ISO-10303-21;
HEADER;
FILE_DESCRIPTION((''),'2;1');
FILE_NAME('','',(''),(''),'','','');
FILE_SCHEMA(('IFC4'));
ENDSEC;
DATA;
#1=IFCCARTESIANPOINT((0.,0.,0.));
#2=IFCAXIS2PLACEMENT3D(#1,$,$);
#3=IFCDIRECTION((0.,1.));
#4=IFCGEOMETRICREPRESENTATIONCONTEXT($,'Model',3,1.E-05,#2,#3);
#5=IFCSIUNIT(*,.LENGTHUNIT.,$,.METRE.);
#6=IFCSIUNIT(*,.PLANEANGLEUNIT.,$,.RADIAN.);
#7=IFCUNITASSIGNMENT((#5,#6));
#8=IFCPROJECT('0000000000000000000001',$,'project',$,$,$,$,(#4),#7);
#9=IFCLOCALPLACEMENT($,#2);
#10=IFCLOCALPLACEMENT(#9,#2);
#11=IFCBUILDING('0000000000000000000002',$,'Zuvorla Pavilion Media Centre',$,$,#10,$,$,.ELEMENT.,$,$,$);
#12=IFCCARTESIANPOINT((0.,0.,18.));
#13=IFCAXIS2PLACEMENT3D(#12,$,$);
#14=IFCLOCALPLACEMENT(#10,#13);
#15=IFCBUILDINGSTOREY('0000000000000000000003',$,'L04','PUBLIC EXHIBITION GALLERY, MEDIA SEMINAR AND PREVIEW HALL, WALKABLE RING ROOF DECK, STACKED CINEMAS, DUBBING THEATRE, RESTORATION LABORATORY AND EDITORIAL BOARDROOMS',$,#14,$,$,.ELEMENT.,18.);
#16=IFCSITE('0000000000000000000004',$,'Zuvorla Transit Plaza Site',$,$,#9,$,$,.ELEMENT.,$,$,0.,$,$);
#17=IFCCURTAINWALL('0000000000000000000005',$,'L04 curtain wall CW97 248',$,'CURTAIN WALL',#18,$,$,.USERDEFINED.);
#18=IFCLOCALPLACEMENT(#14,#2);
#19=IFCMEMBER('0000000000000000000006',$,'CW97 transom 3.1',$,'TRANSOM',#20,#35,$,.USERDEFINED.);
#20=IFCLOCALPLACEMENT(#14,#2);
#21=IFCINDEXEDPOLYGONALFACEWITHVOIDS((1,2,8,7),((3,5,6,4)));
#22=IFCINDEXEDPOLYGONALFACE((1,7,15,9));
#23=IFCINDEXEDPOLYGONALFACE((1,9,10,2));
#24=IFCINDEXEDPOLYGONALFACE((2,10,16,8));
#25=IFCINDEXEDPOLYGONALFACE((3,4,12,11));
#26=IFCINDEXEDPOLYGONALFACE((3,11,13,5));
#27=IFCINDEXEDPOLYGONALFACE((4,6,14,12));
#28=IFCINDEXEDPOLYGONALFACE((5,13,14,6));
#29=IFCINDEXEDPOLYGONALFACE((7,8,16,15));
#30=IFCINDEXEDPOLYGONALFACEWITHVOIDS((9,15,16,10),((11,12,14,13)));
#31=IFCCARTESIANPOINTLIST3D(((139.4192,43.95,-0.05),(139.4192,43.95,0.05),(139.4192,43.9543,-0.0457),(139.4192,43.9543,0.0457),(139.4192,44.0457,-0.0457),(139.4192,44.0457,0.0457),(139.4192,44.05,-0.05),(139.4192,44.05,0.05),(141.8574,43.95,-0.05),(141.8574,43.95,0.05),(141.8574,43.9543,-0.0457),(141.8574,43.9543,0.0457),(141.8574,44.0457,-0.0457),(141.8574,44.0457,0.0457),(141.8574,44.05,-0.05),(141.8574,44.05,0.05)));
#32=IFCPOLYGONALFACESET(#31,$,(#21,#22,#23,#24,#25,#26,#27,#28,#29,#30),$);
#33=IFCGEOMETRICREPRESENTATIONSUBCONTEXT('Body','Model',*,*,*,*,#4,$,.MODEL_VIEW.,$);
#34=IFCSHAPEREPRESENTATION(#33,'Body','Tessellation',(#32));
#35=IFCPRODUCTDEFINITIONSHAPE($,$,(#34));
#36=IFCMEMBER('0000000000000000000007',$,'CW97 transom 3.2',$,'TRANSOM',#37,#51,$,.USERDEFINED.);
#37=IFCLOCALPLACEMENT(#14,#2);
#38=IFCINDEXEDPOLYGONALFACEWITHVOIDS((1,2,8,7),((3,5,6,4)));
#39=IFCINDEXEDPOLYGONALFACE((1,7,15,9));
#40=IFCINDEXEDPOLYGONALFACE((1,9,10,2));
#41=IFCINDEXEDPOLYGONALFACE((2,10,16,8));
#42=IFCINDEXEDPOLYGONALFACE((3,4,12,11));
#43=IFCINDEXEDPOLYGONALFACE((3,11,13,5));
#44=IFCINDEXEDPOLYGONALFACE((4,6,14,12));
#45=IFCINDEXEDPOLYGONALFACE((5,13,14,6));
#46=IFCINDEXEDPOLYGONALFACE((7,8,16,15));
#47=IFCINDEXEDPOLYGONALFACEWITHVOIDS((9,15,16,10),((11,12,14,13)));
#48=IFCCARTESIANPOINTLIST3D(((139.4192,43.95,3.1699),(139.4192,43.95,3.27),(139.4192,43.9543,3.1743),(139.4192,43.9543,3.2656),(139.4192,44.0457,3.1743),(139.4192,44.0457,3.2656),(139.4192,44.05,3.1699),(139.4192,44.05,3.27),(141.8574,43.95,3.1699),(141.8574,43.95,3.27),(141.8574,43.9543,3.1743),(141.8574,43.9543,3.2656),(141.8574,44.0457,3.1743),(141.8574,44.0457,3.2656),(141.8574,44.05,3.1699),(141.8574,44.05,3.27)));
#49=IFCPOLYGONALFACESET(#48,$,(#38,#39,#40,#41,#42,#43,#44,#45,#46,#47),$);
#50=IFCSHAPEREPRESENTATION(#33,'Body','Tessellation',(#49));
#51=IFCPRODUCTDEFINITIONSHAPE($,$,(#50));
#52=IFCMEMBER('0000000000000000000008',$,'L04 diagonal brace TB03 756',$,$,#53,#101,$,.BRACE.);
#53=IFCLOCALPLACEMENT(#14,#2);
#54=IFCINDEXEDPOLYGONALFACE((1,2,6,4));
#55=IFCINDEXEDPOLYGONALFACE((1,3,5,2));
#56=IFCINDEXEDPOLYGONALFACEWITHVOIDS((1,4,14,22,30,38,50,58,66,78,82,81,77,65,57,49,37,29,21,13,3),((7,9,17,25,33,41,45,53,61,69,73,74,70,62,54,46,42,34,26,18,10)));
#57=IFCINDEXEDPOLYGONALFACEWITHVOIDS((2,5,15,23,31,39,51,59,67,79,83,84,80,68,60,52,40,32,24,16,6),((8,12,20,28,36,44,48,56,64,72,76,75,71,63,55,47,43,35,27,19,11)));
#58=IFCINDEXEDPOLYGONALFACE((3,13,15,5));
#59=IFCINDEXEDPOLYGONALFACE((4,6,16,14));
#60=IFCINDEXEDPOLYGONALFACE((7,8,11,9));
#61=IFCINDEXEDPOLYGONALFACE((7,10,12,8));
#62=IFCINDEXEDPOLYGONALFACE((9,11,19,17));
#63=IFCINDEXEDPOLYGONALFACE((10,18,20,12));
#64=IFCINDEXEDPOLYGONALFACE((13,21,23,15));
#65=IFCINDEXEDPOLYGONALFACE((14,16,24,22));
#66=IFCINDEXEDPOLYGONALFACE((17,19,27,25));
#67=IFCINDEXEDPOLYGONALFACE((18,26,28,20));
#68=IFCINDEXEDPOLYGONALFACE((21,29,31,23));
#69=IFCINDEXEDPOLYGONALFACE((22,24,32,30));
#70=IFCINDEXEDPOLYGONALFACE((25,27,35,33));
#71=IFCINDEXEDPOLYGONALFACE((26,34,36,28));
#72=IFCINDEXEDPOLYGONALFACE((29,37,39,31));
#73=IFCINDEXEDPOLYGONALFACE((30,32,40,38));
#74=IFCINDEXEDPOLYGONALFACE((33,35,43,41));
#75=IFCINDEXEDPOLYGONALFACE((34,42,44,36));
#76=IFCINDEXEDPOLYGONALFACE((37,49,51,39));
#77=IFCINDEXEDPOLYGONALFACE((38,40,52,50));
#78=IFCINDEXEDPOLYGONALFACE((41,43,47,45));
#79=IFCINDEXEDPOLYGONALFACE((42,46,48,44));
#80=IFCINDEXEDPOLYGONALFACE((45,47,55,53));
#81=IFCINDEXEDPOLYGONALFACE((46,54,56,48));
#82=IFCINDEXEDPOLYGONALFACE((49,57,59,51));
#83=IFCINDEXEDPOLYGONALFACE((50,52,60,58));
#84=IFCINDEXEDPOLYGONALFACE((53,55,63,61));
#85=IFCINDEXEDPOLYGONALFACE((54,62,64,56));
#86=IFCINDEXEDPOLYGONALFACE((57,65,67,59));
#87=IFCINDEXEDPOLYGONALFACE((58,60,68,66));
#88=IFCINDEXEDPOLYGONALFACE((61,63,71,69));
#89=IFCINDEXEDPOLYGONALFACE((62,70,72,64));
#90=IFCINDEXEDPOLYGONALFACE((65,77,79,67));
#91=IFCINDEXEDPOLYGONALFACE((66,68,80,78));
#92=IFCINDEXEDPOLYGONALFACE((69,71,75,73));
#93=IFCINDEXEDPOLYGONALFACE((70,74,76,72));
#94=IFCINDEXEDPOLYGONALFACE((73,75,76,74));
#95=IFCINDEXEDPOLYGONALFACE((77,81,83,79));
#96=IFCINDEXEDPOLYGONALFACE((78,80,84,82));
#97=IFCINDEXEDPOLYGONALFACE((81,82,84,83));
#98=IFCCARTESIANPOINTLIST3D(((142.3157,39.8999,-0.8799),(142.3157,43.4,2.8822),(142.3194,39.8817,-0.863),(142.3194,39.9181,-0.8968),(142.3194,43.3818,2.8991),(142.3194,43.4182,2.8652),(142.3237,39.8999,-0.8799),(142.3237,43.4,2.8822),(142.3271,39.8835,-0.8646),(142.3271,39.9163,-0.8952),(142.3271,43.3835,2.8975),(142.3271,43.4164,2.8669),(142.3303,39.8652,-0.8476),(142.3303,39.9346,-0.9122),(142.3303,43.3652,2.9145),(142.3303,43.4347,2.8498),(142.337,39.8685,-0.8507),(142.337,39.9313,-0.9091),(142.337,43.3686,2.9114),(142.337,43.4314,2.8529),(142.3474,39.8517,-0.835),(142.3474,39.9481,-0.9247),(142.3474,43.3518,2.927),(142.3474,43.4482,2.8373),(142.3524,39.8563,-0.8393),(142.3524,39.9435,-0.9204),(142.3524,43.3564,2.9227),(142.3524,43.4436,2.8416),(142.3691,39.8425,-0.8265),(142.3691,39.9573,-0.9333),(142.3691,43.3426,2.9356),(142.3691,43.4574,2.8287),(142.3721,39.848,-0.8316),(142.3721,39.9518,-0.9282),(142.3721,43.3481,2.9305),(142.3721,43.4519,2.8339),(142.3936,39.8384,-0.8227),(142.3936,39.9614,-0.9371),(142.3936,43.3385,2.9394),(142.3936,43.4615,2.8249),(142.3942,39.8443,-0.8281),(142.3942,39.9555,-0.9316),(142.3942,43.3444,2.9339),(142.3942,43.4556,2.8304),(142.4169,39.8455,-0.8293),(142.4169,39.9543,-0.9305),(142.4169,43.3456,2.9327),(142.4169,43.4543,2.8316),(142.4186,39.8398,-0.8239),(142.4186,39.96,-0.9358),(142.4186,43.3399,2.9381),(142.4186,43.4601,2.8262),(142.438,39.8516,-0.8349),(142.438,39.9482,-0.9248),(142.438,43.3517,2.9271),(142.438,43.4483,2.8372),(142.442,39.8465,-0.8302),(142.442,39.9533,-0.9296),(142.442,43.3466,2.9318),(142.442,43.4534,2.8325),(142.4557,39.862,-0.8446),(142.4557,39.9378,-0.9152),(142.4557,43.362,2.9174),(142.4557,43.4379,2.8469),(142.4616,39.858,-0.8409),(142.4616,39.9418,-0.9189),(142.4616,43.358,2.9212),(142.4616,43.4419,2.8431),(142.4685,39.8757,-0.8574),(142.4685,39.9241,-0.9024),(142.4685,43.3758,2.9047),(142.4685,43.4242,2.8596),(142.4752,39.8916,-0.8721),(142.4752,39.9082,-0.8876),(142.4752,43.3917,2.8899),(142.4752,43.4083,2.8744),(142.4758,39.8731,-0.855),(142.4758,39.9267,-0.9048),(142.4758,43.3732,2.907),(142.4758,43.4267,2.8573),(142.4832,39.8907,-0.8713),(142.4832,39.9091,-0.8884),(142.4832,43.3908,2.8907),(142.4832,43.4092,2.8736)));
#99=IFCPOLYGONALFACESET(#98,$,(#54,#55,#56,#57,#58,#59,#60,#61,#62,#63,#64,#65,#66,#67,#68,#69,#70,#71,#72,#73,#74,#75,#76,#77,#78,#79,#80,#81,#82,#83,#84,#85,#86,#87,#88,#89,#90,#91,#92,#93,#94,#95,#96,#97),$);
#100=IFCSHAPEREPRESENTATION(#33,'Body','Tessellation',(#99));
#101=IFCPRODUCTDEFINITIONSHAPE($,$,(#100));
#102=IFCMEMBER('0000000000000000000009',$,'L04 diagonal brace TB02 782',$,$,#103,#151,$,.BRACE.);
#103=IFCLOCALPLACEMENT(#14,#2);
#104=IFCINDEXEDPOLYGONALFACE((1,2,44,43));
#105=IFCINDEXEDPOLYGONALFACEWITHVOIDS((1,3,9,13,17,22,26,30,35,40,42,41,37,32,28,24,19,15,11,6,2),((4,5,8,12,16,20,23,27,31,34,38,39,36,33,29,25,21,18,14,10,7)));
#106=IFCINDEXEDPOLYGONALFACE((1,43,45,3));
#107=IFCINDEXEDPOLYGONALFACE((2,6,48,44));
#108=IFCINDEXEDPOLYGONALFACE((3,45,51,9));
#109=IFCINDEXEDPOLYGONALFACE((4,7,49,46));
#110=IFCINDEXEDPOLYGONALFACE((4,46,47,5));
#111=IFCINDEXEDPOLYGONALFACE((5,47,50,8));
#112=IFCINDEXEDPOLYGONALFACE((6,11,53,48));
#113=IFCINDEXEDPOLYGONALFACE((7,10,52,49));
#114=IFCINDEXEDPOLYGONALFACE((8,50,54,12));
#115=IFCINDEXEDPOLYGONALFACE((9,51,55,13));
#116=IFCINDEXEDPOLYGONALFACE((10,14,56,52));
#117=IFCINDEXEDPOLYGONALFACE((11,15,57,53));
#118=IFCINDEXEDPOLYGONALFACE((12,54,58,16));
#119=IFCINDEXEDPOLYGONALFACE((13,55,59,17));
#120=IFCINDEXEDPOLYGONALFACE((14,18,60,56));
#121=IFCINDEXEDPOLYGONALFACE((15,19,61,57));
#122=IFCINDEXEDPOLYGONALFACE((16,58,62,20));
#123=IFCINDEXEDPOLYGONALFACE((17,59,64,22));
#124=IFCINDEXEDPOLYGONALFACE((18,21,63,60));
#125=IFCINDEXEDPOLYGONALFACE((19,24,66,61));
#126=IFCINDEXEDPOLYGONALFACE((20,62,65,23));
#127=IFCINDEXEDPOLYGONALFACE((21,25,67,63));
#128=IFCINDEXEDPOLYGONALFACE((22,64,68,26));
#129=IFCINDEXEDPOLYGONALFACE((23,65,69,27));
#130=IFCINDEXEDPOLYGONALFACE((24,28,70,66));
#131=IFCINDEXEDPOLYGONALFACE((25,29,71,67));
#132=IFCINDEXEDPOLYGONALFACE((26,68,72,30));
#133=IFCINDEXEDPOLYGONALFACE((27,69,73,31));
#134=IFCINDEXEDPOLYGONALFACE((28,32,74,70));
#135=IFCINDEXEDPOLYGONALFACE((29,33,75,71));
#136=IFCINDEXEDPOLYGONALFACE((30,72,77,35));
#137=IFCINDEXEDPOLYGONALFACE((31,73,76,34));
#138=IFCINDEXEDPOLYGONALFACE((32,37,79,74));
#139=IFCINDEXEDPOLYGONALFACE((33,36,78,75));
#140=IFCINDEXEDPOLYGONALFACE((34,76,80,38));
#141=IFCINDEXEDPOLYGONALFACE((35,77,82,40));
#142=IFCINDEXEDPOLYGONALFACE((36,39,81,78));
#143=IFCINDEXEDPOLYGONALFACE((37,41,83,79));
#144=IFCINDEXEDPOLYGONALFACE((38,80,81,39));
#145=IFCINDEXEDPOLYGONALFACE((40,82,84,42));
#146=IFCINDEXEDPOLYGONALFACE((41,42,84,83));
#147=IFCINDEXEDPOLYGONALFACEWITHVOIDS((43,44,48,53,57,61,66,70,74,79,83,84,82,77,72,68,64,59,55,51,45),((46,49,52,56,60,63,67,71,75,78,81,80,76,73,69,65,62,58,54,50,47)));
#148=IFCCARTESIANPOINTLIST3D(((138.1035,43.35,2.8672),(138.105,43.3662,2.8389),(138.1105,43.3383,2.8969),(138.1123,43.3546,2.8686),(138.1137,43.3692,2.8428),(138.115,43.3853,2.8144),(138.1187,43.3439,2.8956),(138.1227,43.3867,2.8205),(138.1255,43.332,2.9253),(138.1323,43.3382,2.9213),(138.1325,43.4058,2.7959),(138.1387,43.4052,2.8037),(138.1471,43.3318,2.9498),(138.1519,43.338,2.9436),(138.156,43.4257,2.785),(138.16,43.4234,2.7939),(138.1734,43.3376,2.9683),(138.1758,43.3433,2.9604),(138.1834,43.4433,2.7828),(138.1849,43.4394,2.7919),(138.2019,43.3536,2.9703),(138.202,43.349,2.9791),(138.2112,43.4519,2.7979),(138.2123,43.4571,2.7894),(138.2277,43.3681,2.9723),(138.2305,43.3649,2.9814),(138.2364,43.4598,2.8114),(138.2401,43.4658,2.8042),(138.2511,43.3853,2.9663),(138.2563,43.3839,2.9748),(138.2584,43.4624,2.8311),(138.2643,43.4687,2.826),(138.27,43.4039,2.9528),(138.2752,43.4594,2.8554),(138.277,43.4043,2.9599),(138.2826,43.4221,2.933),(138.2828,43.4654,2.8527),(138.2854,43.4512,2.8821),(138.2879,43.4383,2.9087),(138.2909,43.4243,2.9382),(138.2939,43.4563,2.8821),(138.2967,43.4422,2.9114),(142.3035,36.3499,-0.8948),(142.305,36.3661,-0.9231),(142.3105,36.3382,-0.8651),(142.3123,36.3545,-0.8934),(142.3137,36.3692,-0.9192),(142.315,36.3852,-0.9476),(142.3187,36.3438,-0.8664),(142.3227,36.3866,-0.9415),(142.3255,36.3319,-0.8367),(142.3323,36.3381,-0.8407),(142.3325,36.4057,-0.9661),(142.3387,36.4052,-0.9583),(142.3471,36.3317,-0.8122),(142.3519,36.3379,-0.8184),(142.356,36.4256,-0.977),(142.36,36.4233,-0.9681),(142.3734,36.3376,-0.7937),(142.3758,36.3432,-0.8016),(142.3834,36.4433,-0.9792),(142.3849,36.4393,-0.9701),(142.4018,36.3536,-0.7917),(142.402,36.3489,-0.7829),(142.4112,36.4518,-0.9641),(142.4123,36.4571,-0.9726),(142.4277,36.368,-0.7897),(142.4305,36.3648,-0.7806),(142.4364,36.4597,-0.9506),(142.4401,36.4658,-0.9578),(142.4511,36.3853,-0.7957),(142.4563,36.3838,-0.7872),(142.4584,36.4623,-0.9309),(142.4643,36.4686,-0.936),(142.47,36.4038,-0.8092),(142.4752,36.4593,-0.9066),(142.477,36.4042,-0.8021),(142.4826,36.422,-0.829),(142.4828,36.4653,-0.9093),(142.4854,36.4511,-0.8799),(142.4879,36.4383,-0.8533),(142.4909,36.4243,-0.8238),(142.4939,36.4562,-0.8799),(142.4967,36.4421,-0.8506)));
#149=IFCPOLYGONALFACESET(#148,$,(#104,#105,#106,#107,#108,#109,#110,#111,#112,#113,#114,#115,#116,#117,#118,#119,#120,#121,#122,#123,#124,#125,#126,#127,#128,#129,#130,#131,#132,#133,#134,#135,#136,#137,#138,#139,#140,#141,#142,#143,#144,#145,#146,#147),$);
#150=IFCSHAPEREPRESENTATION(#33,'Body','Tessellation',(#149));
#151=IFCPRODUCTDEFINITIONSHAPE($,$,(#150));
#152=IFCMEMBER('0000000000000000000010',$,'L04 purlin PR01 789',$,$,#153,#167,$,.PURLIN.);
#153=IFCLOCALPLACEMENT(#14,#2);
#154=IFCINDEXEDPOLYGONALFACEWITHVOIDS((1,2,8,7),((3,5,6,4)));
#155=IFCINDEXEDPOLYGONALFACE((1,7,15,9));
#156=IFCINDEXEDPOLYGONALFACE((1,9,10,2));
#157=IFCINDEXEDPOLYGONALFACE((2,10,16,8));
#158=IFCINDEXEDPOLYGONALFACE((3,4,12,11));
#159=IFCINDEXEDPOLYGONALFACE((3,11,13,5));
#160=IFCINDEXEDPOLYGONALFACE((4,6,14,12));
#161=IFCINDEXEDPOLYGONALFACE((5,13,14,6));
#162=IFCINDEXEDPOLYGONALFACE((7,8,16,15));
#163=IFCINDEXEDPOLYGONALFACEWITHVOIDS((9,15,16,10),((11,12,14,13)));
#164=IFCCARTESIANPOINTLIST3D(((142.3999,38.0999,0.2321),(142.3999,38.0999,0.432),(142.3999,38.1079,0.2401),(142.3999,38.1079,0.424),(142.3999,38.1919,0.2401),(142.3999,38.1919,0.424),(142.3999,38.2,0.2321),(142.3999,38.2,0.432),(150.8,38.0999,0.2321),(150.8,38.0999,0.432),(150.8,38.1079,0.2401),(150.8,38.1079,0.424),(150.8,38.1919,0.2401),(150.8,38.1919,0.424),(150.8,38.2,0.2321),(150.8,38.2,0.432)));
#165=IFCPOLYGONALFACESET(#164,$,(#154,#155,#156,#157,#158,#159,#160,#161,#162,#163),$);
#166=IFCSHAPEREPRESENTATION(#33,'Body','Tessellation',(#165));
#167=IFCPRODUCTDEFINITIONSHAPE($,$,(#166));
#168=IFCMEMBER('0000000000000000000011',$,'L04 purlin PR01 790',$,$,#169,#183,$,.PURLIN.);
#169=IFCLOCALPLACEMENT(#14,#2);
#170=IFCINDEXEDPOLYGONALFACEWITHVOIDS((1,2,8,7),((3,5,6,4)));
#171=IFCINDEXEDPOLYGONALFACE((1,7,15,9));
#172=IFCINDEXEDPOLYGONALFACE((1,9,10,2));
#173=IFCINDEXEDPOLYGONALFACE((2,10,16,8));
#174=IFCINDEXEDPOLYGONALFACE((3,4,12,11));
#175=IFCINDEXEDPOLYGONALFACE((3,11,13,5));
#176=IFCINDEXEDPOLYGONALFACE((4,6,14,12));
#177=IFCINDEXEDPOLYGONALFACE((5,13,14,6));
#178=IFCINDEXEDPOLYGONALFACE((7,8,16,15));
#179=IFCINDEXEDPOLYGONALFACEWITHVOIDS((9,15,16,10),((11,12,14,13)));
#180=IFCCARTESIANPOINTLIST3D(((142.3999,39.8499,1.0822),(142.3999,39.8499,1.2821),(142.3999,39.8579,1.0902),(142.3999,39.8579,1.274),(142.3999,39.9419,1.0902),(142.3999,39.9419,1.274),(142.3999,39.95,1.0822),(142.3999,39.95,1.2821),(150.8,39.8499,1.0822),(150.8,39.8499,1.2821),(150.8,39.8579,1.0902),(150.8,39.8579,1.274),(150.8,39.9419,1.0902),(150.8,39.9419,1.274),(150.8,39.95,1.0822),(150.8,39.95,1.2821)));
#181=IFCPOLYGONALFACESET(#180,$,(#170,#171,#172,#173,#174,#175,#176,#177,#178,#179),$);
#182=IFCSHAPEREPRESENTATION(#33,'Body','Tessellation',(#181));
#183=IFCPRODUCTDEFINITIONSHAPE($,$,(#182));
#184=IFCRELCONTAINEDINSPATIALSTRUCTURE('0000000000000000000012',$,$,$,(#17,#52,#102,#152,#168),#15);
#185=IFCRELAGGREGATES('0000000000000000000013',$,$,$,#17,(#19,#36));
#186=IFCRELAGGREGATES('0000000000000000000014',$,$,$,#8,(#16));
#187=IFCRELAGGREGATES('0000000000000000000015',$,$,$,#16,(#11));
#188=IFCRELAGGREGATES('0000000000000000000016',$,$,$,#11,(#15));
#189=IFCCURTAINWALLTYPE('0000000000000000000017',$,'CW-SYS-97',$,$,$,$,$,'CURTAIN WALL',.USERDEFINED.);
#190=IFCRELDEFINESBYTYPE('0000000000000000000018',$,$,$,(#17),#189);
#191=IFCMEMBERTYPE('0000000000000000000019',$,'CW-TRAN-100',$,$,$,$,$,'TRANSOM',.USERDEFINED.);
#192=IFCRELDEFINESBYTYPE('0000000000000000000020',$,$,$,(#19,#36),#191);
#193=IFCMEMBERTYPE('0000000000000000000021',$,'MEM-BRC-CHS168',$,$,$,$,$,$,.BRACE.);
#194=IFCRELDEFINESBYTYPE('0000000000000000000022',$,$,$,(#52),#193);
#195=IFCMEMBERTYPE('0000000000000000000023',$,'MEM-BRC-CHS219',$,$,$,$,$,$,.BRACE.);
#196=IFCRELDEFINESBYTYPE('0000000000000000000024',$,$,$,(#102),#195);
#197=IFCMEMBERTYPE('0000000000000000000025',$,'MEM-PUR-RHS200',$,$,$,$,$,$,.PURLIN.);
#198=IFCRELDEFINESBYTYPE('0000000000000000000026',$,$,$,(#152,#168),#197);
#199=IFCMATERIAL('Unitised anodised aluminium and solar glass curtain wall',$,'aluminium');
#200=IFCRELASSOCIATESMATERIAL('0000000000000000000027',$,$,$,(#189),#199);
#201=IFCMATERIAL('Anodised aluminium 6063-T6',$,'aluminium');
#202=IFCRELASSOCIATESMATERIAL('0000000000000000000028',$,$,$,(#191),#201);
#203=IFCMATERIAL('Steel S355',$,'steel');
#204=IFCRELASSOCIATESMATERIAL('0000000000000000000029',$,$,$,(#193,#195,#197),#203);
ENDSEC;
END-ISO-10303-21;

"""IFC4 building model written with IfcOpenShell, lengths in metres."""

from ifc_helpers import new_model, si_unit, direction, frame, origin, origin_2d, place, context, subcontext, project, spatial, hollow_rectangle, hollow_circle, extrude, material, material_profile, profile_set, type_object, element, aggregate, save


model = new_model("IFC4")

# Units and contexts
model_context = context("Model", 3, precision=1e-05, world=origin(), true_north=direction((0.0, 1.0)))
body_context = subcontext(model_context, "Body", "Model", "MODEL_VIEW")
ifc_project = project(units=[si_unit("LENGTHUNIT", "METRE"), si_unit("PLANEANGLEUNIT", "RADIAN")], contexts=[model_context])

# Site, building, storey
site_placement = place(None, origin())
site = spatial("IfcSite", under=ifc_project, at=site_placement, Name="Zuvorla Transit Plaza Site", CompositionType="ELEMENT", RefElevation=0.0)
building_placement = place(site_placement, origin())
building = spatial("IfcBuilding", under=site, at=building_placement, Name="Zuvorla Pavilion Media Centre", CompositionType="ELEMENT")
storey_placement = place(building_placement, frame((0.0, 0.0, 18.0)))
storey = spatial("IfcBuildingStorey", under=building, at=storey_placement, Name="L04", Description="PUBLIC EXHIBITION GALLERY, MEDIA SEMINAR AND PREVIEW HALL, WALKABLE RING ROOF DECK, STACKED CINEMAS, DUBBING THEATRE, RESTORATION LABORATORY AND EDITORIAL BOARDROOMS", CompositionType="ELEMENT", Elevation=18.0)

# Shared definitions
ifc_material_1 = material(Name="Steel S355", Category="steel")

# Curtain wall, members
ifc_material_2 = material(Name="Unitised anodised aluminium and solar glass curtain wall", Category="aluminium")
curtain_wall_type = type_object("IfcCurtainWallType", Name="CW-SYS-97", ElementType="CURTAIN WALL", PredefinedType="USERDEFINED", material=ifc_material_2)
curtain_wall_placement = place(storey_placement, origin())
curtain_wall = element("IfcCurtainWall", 1, at=curtain_wall_placement, inside=storey, type_object=curtain_wall_type, Name="L04 curtain wall CW97 248", ObjectType="CURTAIN WALL", PredefinedType="USERDEFINED")
ifc_material_3 = material(Name="Anodised aluminium 6063-T6", Category="aluminium")
ifc_material_profile_1 = material_profile(ifc_material_3, hollow_rectangle(XDim=0.1001, YDim=0.1001, WallThickness=0.0044, at=origin_2d()), Name="ALU TRAN 100x100")
ifc_profile_set_1 = profile_set([ifc_material_profile_1], Name="Anodised aluminium 6063-T6")
member_type_1 = type_object("IfcMemberType", Name="CW-TRAN-100", ElementType="TRANSOM", PredefinedType="USERDEFINED", material=ifc_profile_set_1)
member_1_placement = place(storey_placement, frame((139.4192, 44.0, 0.0), z_axis=(1.0, 0.0, 0.0), x_axis=(0.0, 1.0, 0.0)))
member_1 = element("IfcMember", 2, at=member_1_placement, type_object=member_type_1, Name="CW97 transom 3.1", ObjectType="TRANSOM", PredefinedType="USERDEFINED", context=body_context, shape_type="SweptSolid", body=[
    extrude(hollow_rectangle(XDim=0.1001, YDim=0.1001, WallThickness=0.0044, at=origin_2d()), origin(), (0.0, 0.0, 1.0), 2.4382),
])
member_2_placement = place(storey_placement, frame((139.4192, 44.0, 3.22), z_axis=(1.0, 0.0, 0.0), x_axis=(0.0, 1.0, 0.0)))
member_2 = element("IfcMember", 3, at=member_2_placement, type_object=member_type_1, Name="CW97 transom 3.2", ObjectType="TRANSOM", PredefinedType="USERDEFINED", context=body_context, shape_type="SweptSolid", body=[
    extrude(hollow_rectangle(XDim=0.1001, YDim=0.1001, WallThickness=0.0044, at=origin_2d()), origin(), (0.0, 0.0, 1.0), 2.4382),
])

# Members
ifc_material_profile_2 = material_profile(ifc_material_1, hollow_circle(Radius=0.0842, WallThickness=0.0081, at=origin_2d()), Name="CHS 168.3x8")
ifc_profile_set_2 = profile_set([ifc_material_profile_2], Name="Steel S355")
member_type_2 = type_object("IfcMemberType", Name="MEM-BRC-CHS168", PredefinedType="BRACE", material=ifc_profile_set_2)
member_3_placement = place(storey_placement, frame((142.3999, 39.8999, -0.8799), z_axis=(0.0, 0.681156, 0.732138), x_axis=(-1.0, 0.0, 0.0)))
element("IfcMember", 4, at=member_3_placement, inside=storey, type_object=member_type_2, Name="L04 diagonal brace TB03 756", PredefinedType="BRACE", context=body_context, shape_type="SweptSolid", body=[
    extrude(hollow_circle(Radius=0.0842, WallThickness=0.0081, at=origin_2d()), origin(), (0.0, 0.0, 1.0), 5.1384),
])
ifc_material_profile_3 = material_profile(ifc_material_1, hollow_circle(Radius=0.1096, WallThickness=0.01, at=origin_2d()), Name="CHS 219.1x10")
ifc_profile_set_3 = profile_set([ifc_material_profile_3], Name="Steel S355")
member_type_3 = type_object("IfcMemberType", Name="MEM-BRC-CHS219", PredefinedType="BRACE", material=ifc_profile_set_3)
member_4_placement = place(storey_placement, frame((138.2, 43.3999, 2.8821), z_axis=(0.467262, -0.778779, -0.418534), x_axis=(0.857496, 0.514491, 0.0)))
element("IfcMember", 5, at=member_4_placement, inside=storey, type_object=member_type_3, Name="L04 diagonal brace TB02 782", PredefinedType="BRACE", context=body_context, shape_type="SweptSolid", body=[
    extrude(hollow_circle(Radius=0.1096, WallThickness=0.01, at=origin_2d()), origin(), (0.0, 0.0, 1.0), 8.9885),
])
ifc_material_profile_4 = material_profile(ifc_material_1, hollow_rectangle(XDim=0.1001, YDim=0.2, WallThickness=0.0081, at=origin_2d()), Name="RHS 200x100x8")
ifc_profile_set_4 = profile_set([ifc_material_profile_4], Name="Steel S355")
member_type_4 = type_object("IfcMemberType", Name="MEM-PUR-RHS200", PredefinedType="PURLIN", material=ifc_profile_set_4)
for number, where, z_axis, x_axis, name in (
    (6, (142.3999, 38.1499, 0.332), (1.0, 0.0, 0.0), (0.0, 1.0, 0.0), "L04 purlin PR01 789"),
    (7, (142.3999, 39.8999, 1.1821), (1.0, 0.0, 0.0), (0.0, 1.0, 0.0), "L04 purlin PR01 790"),
):
    element("IfcMember", number, at=place(storey_placement, frame(where, z_axis=z_axis, x_axis=x_axis)), inside=storey, type_object=member_type_4, Name=name, PredefinedType="PURLIN", context=body_context, shape_type="SweptSolid", body=[
        extrude(hollow_rectangle(XDim=0.1001, YDim=0.2, WallThickness=0.0081, at=origin_2d()), origin(), (0.0, 0.0, 1.0), 8.4001),
    ])

aggregate(curtain_wall, [member_1, member_2])

save(model, "model.ifc")
